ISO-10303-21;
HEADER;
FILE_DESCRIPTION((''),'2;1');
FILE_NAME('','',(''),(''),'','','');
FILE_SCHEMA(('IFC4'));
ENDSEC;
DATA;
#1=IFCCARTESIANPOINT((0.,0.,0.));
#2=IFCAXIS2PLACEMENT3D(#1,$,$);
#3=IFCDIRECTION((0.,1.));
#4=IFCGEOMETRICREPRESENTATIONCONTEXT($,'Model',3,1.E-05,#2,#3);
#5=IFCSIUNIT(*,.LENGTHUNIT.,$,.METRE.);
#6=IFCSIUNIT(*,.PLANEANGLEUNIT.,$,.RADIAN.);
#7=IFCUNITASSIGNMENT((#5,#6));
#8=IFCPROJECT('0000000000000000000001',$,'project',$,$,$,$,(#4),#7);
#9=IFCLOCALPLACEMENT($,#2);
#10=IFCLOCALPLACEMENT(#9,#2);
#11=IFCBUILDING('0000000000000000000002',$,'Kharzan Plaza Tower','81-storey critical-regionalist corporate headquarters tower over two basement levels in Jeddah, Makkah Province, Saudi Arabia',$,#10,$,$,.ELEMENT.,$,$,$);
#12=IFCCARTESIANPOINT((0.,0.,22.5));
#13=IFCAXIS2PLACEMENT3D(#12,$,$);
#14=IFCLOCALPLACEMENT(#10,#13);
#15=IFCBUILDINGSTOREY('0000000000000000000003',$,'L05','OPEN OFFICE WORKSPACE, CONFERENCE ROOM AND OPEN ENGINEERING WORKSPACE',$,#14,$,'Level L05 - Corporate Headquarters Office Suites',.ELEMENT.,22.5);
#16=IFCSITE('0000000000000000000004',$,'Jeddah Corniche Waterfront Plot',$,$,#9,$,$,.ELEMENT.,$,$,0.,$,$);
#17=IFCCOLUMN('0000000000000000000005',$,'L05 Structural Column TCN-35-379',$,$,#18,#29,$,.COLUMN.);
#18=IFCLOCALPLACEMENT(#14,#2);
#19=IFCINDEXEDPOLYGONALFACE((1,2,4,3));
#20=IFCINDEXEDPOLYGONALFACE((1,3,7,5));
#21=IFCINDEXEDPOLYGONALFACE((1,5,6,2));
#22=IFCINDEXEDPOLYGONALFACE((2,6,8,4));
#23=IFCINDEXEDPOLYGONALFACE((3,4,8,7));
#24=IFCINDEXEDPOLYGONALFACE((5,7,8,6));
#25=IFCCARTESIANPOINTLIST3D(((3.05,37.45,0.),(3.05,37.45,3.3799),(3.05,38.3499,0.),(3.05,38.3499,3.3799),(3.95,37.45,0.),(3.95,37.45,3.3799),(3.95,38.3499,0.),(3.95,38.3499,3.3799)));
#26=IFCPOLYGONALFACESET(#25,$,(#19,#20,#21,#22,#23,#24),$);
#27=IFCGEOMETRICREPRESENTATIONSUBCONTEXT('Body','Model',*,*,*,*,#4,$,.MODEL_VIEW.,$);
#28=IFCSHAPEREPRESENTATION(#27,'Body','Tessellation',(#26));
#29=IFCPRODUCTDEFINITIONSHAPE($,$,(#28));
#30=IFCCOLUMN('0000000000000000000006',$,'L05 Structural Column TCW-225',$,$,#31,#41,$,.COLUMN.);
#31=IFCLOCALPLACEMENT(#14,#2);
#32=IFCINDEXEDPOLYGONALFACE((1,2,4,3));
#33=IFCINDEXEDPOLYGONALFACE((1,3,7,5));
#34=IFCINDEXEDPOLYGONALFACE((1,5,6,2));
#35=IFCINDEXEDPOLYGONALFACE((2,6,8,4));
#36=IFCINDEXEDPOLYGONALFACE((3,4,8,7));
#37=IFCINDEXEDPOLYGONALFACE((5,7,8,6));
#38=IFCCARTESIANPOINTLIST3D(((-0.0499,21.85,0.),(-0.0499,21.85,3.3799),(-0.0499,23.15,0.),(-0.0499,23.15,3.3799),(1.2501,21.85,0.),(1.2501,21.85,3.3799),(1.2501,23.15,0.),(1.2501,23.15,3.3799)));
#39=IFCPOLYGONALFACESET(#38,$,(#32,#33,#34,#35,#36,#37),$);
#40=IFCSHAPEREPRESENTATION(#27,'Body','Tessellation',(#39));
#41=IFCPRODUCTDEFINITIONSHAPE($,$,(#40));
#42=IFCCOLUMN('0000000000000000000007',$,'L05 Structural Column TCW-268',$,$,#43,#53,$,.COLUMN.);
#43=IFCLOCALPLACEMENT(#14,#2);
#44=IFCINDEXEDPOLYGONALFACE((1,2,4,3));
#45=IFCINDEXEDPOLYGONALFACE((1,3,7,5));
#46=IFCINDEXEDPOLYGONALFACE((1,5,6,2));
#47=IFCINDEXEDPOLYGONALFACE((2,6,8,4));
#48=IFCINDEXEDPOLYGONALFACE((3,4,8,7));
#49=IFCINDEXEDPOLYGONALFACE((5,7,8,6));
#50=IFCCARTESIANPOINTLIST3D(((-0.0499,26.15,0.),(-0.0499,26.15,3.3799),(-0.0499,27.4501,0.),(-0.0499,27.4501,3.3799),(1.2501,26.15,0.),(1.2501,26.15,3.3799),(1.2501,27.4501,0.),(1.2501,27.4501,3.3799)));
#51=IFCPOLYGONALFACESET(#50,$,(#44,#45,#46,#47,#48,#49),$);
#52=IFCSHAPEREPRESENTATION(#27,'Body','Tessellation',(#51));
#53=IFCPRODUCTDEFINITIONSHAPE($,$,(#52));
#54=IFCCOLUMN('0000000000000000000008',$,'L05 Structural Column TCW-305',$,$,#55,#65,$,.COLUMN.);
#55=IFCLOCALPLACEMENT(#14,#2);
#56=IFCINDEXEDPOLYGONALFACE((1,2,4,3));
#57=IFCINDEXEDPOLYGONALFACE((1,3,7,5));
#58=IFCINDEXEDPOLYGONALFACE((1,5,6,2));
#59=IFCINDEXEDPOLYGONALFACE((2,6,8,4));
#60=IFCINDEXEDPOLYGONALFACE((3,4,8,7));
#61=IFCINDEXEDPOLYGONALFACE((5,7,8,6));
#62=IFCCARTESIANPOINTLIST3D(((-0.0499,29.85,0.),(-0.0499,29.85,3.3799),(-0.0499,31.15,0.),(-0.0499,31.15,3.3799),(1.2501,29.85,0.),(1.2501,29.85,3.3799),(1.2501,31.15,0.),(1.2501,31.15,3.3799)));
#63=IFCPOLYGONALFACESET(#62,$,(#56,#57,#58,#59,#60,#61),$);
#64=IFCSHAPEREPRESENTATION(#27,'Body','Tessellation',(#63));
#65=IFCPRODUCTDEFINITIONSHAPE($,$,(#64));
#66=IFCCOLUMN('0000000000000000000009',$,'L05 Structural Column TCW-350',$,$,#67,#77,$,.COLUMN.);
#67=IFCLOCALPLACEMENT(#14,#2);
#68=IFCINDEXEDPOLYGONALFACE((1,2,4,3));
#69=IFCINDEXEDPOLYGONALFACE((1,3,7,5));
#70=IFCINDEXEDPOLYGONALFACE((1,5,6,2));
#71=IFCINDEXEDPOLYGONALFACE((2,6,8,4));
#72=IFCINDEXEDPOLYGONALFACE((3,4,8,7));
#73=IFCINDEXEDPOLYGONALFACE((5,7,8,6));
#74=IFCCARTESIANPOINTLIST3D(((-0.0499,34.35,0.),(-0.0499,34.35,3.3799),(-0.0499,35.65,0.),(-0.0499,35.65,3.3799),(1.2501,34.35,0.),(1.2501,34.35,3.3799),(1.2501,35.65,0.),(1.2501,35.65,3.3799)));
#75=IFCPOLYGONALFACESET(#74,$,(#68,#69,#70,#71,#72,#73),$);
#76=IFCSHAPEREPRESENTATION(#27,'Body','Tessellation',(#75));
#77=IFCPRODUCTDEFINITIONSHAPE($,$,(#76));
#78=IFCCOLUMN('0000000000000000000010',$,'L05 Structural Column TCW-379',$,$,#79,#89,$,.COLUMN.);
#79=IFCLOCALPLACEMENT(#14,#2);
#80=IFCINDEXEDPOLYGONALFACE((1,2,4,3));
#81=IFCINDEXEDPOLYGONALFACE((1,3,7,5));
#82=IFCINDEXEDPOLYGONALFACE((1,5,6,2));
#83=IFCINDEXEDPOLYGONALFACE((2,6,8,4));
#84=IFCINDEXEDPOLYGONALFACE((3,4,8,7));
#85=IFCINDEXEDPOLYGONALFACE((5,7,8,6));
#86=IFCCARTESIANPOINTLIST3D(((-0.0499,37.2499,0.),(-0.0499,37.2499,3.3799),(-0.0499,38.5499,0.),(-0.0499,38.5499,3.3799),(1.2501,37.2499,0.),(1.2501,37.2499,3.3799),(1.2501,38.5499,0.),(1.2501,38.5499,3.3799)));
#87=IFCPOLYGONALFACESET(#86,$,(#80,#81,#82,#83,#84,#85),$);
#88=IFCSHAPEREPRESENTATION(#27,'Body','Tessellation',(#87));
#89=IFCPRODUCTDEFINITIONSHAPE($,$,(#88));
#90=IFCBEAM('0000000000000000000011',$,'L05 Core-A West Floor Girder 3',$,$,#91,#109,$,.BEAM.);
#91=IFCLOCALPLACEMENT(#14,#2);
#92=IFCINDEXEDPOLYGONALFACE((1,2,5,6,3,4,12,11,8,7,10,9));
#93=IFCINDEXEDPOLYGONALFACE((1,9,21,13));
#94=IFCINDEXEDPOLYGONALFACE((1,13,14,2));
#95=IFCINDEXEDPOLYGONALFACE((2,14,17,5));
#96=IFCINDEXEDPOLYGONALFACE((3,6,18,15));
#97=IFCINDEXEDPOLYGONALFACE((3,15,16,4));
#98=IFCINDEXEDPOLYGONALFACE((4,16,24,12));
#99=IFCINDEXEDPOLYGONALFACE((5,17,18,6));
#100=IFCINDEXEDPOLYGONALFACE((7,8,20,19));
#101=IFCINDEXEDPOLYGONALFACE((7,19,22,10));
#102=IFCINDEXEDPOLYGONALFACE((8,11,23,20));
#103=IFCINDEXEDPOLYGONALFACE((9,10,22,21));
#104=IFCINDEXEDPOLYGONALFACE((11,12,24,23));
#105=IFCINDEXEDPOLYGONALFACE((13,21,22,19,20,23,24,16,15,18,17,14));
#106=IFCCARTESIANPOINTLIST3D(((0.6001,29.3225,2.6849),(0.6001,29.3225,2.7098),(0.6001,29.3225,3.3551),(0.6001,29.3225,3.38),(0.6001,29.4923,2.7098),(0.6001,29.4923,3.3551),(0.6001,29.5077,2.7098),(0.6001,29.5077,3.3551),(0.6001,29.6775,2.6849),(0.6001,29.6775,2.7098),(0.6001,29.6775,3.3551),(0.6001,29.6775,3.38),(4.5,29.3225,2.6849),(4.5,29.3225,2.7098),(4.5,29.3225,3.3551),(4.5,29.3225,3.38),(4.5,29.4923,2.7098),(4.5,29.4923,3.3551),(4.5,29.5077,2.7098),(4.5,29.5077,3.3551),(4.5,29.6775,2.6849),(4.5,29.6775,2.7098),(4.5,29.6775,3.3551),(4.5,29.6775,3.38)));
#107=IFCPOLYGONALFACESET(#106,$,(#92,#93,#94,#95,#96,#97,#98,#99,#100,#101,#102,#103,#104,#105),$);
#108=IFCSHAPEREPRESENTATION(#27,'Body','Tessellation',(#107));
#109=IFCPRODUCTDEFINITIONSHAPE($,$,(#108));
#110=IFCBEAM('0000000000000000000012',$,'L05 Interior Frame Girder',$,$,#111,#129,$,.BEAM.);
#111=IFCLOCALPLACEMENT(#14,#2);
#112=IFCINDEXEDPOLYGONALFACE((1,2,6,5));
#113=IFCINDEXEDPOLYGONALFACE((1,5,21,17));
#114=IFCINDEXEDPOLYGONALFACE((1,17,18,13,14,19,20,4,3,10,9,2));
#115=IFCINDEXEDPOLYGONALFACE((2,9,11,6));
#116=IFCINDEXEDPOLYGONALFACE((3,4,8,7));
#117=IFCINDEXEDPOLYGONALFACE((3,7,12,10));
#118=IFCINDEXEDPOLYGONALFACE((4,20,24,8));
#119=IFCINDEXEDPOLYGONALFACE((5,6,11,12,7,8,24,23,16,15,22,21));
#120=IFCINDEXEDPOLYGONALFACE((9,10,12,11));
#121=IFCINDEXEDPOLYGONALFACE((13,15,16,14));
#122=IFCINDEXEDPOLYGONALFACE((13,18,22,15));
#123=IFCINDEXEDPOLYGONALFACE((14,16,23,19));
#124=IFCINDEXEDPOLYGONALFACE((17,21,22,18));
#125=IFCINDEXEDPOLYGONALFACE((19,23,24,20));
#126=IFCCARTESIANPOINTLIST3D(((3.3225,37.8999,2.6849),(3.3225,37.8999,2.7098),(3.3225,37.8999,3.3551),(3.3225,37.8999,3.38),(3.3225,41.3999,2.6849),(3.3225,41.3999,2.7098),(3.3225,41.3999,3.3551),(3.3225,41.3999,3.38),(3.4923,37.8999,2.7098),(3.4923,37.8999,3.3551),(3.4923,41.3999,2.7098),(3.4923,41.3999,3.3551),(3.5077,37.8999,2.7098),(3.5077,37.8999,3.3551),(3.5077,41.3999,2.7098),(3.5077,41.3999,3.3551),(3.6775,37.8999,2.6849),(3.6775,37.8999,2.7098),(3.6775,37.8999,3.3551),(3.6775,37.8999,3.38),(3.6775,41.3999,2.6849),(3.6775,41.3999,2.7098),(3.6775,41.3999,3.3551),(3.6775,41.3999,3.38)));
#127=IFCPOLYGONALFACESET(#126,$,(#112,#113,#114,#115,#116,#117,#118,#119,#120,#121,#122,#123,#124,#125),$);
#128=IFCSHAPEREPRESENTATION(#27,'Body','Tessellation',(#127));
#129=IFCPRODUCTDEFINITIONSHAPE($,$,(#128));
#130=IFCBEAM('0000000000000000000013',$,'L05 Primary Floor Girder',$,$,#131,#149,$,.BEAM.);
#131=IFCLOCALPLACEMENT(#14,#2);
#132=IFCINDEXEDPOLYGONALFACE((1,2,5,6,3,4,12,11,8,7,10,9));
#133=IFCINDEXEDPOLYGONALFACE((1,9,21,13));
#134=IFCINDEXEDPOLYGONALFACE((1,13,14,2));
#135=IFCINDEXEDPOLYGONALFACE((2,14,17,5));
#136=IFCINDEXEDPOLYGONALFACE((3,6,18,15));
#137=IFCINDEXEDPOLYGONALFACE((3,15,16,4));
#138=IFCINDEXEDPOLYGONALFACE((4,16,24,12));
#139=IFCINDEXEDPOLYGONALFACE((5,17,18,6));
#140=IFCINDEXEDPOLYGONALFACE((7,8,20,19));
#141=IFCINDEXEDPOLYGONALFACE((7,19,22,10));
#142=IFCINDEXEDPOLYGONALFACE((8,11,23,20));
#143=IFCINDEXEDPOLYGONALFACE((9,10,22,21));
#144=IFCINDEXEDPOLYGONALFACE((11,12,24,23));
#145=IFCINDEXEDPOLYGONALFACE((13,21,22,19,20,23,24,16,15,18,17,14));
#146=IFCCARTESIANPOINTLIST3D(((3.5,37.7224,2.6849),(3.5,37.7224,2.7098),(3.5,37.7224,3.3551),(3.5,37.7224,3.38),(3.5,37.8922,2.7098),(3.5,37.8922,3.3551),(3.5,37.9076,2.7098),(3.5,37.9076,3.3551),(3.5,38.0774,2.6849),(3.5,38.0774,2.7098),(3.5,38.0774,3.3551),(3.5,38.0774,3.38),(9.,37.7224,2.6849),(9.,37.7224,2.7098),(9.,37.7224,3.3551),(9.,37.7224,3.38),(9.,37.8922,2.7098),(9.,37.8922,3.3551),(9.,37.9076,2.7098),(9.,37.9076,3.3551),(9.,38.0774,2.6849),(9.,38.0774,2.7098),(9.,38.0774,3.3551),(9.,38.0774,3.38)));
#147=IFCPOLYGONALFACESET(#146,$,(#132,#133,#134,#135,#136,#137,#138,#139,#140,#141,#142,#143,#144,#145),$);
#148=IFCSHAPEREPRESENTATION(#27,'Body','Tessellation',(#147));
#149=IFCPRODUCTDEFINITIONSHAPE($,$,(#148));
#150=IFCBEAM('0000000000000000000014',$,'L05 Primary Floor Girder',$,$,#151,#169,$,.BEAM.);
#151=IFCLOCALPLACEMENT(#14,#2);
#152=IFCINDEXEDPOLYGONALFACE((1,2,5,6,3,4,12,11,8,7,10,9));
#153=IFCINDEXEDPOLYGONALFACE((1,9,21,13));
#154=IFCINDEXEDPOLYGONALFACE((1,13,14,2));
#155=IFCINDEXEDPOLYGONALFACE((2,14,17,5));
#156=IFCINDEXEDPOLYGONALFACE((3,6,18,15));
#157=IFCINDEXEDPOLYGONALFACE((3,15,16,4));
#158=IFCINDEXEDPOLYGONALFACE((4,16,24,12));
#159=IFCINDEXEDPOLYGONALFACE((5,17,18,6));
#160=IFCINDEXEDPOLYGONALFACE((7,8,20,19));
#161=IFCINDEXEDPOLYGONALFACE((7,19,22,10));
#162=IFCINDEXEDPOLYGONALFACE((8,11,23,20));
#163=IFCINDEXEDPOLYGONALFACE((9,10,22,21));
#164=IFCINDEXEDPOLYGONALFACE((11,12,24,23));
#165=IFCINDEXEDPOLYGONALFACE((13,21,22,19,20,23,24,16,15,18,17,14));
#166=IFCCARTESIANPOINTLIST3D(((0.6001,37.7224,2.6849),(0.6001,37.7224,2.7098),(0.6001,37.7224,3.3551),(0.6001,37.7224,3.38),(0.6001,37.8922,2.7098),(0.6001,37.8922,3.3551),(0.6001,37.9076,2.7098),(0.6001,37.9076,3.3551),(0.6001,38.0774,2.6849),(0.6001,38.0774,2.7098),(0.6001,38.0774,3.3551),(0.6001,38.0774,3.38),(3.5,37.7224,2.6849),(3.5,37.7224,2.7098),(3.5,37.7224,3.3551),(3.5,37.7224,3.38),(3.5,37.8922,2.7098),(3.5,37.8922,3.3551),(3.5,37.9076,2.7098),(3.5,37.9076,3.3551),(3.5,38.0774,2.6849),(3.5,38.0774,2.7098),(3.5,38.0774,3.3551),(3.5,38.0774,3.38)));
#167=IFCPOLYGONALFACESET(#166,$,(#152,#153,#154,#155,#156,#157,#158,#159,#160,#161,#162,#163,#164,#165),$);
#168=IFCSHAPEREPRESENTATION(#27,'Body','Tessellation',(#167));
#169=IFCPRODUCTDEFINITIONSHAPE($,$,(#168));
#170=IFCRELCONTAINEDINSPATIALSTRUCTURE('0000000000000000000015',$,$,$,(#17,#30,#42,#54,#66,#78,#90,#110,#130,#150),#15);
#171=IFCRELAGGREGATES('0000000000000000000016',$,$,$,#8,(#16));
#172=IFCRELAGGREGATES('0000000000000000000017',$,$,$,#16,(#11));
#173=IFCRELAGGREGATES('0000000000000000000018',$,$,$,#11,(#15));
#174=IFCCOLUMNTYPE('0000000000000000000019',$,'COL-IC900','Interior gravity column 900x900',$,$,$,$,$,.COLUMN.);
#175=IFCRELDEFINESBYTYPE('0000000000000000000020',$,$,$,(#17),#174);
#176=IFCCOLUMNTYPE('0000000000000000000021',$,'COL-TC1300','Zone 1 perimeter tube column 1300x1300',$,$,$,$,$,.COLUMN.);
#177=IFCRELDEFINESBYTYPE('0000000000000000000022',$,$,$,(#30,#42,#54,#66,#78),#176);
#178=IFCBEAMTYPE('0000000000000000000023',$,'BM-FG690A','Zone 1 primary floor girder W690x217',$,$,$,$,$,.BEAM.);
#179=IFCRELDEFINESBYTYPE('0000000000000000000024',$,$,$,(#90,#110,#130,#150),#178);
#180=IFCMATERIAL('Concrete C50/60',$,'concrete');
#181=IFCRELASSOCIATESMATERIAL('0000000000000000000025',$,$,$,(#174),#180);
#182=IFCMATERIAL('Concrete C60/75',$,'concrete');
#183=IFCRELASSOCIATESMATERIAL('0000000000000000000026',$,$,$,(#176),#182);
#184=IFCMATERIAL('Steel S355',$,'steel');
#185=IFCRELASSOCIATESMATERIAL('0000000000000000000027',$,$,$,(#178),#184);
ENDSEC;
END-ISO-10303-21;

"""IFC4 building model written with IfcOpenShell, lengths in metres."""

from ifc_helpers import new_model, si_unit, direction, frame, origin, origin_2d, place, context, subcontext, project, spatial, rectangle, i_section, extrude, source, transform, mapped, material, material_profile, profile_set, type_object, element, save


model = new_model("IFC4")

# Units and contexts
model_context = context("Model", 3, precision=1e-05, world=origin(), true_north=direction((0.0, 1.0)))
body_context = subcontext(model_context, "Body", "Model", "MODEL_VIEW")
ifc_project = project(units=[si_unit("LENGTHUNIT", "METRE"), si_unit("PLANEANGLEUNIT", "RADIAN")], contexts=[model_context])

# Site, building, storey
site_placement = place(None, origin())
site = spatial("IfcSite", under=ifc_project, at=site_placement, Name="Jeddah Corniche Waterfront Plot", CompositionType="ELEMENT", RefElevation=0.0)
building_placement = place(site_placement, origin())
building = spatial("IfcBuilding", under=site, at=building_placement, Name="Kharzan Plaza Tower", Description="81-storey critical-regionalist corporate headquarters tower over two basement levels in Jeddah, Makkah Province, Saudi Arabia", CompositionType="ELEMENT")
storey_placement = place(building_placement, frame((0.0, 0.0, 22.5)))
storey = spatial("IfcBuildingStorey", under=building, at=storey_placement, Name="L05", Description="OPEN OFFICE WORKSPACE, CONFERENCE ROOM AND OPEN ENGINEERING WORKSPACE", LongName="Level L05 - Corporate Headquarters Office Suites", CompositionType="ELEMENT", Elevation=22.5)

# Columns
ifc_material_1 = material(Name="Concrete C50/60", Category="concrete")
ifc_material_profile_1 = material_profile(ifc_material_1, rectangle(XDim=0.8999, YDim=0.8999, at=origin_2d()), Name="RC-IC900x900")
ifc_profile_set_1 = profile_set([ifc_material_profile_1], Name="Concrete C50/60")
column_type_1 = type_object("IfcColumnType", Name="COL-IC900", Description="Interior gravity column 900x900", PredefinedType="COLUMN", material=ifc_profile_set_1)
shared_shape_1 = source(origin(), body_context, "Body", "SweptSolid", [
    extrude(rectangle(XDim=0.8999, YDim=0.8999, at=origin_2d()), origin(), (0.0, 0.0, 1.0), 3.3799),
])
column_placement = place(storey_placement, frame((3.5, 37.8999, 0.0), z_axis=(0.0, 0.0, 1.0), x_axis=(1.0, 0.0, 0.0)))
element("IfcColumn", 1, at=column_placement, inside=storey, type_object=column_type_1, Name="L05 Structural Column TCN-35-379", PredefinedType="COLUMN", context=body_context, shape_type="MappedRepresentation", body=[
    mapped(shared_shape_1, transform((0.0, 0.0, 0.0), x_axis=(1.0, 0.0, 0.0), y_axis=(0.0, 1.0, 0.0), z_axis=(0.0, 0.0, 1.0))),
])
ifc_material_2 = material(Name="Concrete C60/75", Category="concrete")
ifc_material_profile_2 = material_profile(ifc_material_2, rectangle(XDim=1.3, YDim=1.3, at=origin_2d()), Name="RC-TC1300x1300")
ifc_profile_set_2 = profile_set([ifc_material_profile_2], Name="Concrete C60/75")
column_type_2 = type_object("IfcColumnType", Name="COL-TC1300", Description="Zone 1 perimeter tube column 1300x1300", PredefinedType="COLUMN", material=ifc_profile_set_2)
shared_shape_2 = source(origin(), body_context, "Body", "SweptSolid", [
    extrude(rectangle(XDim=1.3, YDim=1.3, at=origin_2d()), origin(), (0.0, 0.0, 1.0), 3.3799),
])
for number, where, z_axis, x_axis, name in (
    (2, (0.6001, 22.5, 0.0), (0.0, 0.0, 1.0), (1.0, 0.0, 0.0), "L05 Structural Column TCW-225"),
    (3, (0.6001, 26.8, 0.0), (0.0, 0.0, 1.0), (1.0, 0.0, 0.0), "L05 Structural Column TCW-268"),
    (4, (0.6001, 30.5, 0.0), (0.0, 0.0, 1.0), (1.0, 0.0, 0.0), "L05 Structural Column TCW-305"),
    (5, (0.6001, 35.0, 0.0), (0.0, 0.0, 1.0), (1.0, 0.0, 0.0), "L05 Structural Column TCW-350"),
    (6, (0.6001, 37.8999, 0.0), (0.0, 0.0, 1.0), (1.0, 0.0, 0.0), "L05 Structural Column TCW-379"),
):
    element("IfcColumn", number, at=place(storey_placement, frame(where, z_axis=z_axis, x_axis=x_axis)), inside=storey, type_object=column_type_2, Name=name, PredefinedType="COLUMN", context=body_context, shape_type="MappedRepresentation", body=[
        mapped(shared_shape_2, transform((0.0, 0.0, 0.0), x_axis=(1.0, 0.0, 0.0), y_axis=(0.0, 1.0, 0.0), z_axis=(0.0, 0.0, 1.0))),
    ])

# Beams
ifc_material_3 = material(Name="Steel S355", Category="steel")
ifc_material_profile_3 = material_profile(ifc_material_3, i_section(OverallWidth=0.355, OverallDepth=0.6951, WebThickness=0.0154, FlangeThickness=0.0249, at=origin_2d()), Name="W690x217")
ifc_profile_set_3 = profile_set([ifc_material_profile_3], Name="Steel S355")
beam_type_1 = type_object("IfcBeamType", Name="BM-FG690A", Description="Zone 1 primary floor girder W690x217", PredefinedType="BEAM", material=ifc_profile_set_3)
shared_shape_3 = source(origin(), body_context, "Body", "SweptSolid", [
    extrude(i_section(OverallWidth=0.355, OverallDepth=0.6951, WebThickness=0.0154, FlangeThickness=0.0249, at=origin_2d()), origin(), (0.0, 0.0, 1.0), 3.8999),
])
beam_1_placement = place(storey_placement, frame((0.6001, 29.5, 3.0325), z_axis=(1.0, 0.0, 0.0), x_axis=(0.0, 1.0, 0.0)))
element("IfcBeam", 7, at=beam_1_placement, inside=storey, type_object=beam_type_1, Name="L05 Core-A West Floor Girder 3", PredefinedType="BEAM", context=body_context, shape_type="MappedRepresentation", body=[
    mapped(shared_shape_3, transform((0.0, 0.0, 0.0), x_axis=(1.0, 0.0, 0.0), y_axis=(0.0, 1.0, 0.0), z_axis=(0.0, 0.0, 1.0))),
])
shared_shape_4 = source(origin(), body_context, "Body", "SweptSolid", [
    extrude(i_section(OverallWidth=0.355, OverallDepth=0.6951, WebThickness=0.0154, FlangeThickness=0.0249, at=origin_2d()), origin(), (0.0, 0.0, 1.0), 3.5),
])
beam_2_placement = place(storey_placement, frame((3.5, 37.8999, 3.0325), z_axis=(0.0, 1.0, 0.0), x_axis=(-1.0, 0.0, 0.0)))
element("IfcBeam", 8, at=beam_2_placement, inside=storey, type_object=beam_type_1, Name="L05 Interior Frame Girder", PredefinedType="BEAM", context=body_context, shape_type="MappedRepresentation", body=[
    mapped(shared_shape_4, transform((0.0, 0.0, 0.0), x_axis=(1.0, 0.0, 0.0), y_axis=(0.0, 1.0, 0.0), z_axis=(0.0, 0.0, 1.0))),
])
shared_shape_5 = source(origin(), body_context, "Body", "SweptSolid", [
    extrude(i_section(OverallWidth=0.355, OverallDepth=0.6951, WebThickness=0.0154, FlangeThickness=0.0249, at=origin_2d()), origin(), (0.0, 0.0, 1.0), 5.5),
])
beam_3_placement = place(storey_placement, frame((3.5, 37.8999, 3.0325), z_axis=(1.0, 0.0, 0.0), x_axis=(0.0, 1.0, 0.0)))
element("IfcBeam", 9, at=beam_3_placement, inside=storey, type_object=beam_type_1, Name="L05 Primary Floor Girder", PredefinedType="BEAM", context=body_context, shape_type="MappedRepresentation", body=[
    mapped(shared_shape_5, transform((0.0, 0.0, 0.0), x_axis=(1.0, 0.0, 0.0), y_axis=(0.0, 1.0, 0.0), z_axis=(0.0, 0.0, 1.0))),
])
shared_shape_6 = source(origin(), body_context, "Body", "SweptSolid", [
    extrude(i_section(OverallWidth=0.355, OverallDepth=0.6951, WebThickness=0.0154, FlangeThickness=0.0249, at=origin_2d()), origin(), (0.0, 0.0, 1.0), 2.8999),
])
beam_4_placement = place(storey_placement, frame((0.6001, 37.8999, 3.0325), z_axis=(1.0, 0.0, 0.0), x_axis=(0.0, 1.0, 0.0)))
element("IfcBeam", 10, at=beam_4_placement, inside=storey, type_object=beam_type_1, Name="L05 Primary Floor Girder", PredefinedType="BEAM", context=body_context, shape_type="MappedRepresentation", body=[
    mapped(shared_shape_6, transform((0.0, 0.0, 0.0), x_axis=(1.0, 0.0, 0.0), y_axis=(0.0, 1.0, 0.0), z_axis=(0.0, 0.0, 1.0))),
])

save(model, "model.ifc")
